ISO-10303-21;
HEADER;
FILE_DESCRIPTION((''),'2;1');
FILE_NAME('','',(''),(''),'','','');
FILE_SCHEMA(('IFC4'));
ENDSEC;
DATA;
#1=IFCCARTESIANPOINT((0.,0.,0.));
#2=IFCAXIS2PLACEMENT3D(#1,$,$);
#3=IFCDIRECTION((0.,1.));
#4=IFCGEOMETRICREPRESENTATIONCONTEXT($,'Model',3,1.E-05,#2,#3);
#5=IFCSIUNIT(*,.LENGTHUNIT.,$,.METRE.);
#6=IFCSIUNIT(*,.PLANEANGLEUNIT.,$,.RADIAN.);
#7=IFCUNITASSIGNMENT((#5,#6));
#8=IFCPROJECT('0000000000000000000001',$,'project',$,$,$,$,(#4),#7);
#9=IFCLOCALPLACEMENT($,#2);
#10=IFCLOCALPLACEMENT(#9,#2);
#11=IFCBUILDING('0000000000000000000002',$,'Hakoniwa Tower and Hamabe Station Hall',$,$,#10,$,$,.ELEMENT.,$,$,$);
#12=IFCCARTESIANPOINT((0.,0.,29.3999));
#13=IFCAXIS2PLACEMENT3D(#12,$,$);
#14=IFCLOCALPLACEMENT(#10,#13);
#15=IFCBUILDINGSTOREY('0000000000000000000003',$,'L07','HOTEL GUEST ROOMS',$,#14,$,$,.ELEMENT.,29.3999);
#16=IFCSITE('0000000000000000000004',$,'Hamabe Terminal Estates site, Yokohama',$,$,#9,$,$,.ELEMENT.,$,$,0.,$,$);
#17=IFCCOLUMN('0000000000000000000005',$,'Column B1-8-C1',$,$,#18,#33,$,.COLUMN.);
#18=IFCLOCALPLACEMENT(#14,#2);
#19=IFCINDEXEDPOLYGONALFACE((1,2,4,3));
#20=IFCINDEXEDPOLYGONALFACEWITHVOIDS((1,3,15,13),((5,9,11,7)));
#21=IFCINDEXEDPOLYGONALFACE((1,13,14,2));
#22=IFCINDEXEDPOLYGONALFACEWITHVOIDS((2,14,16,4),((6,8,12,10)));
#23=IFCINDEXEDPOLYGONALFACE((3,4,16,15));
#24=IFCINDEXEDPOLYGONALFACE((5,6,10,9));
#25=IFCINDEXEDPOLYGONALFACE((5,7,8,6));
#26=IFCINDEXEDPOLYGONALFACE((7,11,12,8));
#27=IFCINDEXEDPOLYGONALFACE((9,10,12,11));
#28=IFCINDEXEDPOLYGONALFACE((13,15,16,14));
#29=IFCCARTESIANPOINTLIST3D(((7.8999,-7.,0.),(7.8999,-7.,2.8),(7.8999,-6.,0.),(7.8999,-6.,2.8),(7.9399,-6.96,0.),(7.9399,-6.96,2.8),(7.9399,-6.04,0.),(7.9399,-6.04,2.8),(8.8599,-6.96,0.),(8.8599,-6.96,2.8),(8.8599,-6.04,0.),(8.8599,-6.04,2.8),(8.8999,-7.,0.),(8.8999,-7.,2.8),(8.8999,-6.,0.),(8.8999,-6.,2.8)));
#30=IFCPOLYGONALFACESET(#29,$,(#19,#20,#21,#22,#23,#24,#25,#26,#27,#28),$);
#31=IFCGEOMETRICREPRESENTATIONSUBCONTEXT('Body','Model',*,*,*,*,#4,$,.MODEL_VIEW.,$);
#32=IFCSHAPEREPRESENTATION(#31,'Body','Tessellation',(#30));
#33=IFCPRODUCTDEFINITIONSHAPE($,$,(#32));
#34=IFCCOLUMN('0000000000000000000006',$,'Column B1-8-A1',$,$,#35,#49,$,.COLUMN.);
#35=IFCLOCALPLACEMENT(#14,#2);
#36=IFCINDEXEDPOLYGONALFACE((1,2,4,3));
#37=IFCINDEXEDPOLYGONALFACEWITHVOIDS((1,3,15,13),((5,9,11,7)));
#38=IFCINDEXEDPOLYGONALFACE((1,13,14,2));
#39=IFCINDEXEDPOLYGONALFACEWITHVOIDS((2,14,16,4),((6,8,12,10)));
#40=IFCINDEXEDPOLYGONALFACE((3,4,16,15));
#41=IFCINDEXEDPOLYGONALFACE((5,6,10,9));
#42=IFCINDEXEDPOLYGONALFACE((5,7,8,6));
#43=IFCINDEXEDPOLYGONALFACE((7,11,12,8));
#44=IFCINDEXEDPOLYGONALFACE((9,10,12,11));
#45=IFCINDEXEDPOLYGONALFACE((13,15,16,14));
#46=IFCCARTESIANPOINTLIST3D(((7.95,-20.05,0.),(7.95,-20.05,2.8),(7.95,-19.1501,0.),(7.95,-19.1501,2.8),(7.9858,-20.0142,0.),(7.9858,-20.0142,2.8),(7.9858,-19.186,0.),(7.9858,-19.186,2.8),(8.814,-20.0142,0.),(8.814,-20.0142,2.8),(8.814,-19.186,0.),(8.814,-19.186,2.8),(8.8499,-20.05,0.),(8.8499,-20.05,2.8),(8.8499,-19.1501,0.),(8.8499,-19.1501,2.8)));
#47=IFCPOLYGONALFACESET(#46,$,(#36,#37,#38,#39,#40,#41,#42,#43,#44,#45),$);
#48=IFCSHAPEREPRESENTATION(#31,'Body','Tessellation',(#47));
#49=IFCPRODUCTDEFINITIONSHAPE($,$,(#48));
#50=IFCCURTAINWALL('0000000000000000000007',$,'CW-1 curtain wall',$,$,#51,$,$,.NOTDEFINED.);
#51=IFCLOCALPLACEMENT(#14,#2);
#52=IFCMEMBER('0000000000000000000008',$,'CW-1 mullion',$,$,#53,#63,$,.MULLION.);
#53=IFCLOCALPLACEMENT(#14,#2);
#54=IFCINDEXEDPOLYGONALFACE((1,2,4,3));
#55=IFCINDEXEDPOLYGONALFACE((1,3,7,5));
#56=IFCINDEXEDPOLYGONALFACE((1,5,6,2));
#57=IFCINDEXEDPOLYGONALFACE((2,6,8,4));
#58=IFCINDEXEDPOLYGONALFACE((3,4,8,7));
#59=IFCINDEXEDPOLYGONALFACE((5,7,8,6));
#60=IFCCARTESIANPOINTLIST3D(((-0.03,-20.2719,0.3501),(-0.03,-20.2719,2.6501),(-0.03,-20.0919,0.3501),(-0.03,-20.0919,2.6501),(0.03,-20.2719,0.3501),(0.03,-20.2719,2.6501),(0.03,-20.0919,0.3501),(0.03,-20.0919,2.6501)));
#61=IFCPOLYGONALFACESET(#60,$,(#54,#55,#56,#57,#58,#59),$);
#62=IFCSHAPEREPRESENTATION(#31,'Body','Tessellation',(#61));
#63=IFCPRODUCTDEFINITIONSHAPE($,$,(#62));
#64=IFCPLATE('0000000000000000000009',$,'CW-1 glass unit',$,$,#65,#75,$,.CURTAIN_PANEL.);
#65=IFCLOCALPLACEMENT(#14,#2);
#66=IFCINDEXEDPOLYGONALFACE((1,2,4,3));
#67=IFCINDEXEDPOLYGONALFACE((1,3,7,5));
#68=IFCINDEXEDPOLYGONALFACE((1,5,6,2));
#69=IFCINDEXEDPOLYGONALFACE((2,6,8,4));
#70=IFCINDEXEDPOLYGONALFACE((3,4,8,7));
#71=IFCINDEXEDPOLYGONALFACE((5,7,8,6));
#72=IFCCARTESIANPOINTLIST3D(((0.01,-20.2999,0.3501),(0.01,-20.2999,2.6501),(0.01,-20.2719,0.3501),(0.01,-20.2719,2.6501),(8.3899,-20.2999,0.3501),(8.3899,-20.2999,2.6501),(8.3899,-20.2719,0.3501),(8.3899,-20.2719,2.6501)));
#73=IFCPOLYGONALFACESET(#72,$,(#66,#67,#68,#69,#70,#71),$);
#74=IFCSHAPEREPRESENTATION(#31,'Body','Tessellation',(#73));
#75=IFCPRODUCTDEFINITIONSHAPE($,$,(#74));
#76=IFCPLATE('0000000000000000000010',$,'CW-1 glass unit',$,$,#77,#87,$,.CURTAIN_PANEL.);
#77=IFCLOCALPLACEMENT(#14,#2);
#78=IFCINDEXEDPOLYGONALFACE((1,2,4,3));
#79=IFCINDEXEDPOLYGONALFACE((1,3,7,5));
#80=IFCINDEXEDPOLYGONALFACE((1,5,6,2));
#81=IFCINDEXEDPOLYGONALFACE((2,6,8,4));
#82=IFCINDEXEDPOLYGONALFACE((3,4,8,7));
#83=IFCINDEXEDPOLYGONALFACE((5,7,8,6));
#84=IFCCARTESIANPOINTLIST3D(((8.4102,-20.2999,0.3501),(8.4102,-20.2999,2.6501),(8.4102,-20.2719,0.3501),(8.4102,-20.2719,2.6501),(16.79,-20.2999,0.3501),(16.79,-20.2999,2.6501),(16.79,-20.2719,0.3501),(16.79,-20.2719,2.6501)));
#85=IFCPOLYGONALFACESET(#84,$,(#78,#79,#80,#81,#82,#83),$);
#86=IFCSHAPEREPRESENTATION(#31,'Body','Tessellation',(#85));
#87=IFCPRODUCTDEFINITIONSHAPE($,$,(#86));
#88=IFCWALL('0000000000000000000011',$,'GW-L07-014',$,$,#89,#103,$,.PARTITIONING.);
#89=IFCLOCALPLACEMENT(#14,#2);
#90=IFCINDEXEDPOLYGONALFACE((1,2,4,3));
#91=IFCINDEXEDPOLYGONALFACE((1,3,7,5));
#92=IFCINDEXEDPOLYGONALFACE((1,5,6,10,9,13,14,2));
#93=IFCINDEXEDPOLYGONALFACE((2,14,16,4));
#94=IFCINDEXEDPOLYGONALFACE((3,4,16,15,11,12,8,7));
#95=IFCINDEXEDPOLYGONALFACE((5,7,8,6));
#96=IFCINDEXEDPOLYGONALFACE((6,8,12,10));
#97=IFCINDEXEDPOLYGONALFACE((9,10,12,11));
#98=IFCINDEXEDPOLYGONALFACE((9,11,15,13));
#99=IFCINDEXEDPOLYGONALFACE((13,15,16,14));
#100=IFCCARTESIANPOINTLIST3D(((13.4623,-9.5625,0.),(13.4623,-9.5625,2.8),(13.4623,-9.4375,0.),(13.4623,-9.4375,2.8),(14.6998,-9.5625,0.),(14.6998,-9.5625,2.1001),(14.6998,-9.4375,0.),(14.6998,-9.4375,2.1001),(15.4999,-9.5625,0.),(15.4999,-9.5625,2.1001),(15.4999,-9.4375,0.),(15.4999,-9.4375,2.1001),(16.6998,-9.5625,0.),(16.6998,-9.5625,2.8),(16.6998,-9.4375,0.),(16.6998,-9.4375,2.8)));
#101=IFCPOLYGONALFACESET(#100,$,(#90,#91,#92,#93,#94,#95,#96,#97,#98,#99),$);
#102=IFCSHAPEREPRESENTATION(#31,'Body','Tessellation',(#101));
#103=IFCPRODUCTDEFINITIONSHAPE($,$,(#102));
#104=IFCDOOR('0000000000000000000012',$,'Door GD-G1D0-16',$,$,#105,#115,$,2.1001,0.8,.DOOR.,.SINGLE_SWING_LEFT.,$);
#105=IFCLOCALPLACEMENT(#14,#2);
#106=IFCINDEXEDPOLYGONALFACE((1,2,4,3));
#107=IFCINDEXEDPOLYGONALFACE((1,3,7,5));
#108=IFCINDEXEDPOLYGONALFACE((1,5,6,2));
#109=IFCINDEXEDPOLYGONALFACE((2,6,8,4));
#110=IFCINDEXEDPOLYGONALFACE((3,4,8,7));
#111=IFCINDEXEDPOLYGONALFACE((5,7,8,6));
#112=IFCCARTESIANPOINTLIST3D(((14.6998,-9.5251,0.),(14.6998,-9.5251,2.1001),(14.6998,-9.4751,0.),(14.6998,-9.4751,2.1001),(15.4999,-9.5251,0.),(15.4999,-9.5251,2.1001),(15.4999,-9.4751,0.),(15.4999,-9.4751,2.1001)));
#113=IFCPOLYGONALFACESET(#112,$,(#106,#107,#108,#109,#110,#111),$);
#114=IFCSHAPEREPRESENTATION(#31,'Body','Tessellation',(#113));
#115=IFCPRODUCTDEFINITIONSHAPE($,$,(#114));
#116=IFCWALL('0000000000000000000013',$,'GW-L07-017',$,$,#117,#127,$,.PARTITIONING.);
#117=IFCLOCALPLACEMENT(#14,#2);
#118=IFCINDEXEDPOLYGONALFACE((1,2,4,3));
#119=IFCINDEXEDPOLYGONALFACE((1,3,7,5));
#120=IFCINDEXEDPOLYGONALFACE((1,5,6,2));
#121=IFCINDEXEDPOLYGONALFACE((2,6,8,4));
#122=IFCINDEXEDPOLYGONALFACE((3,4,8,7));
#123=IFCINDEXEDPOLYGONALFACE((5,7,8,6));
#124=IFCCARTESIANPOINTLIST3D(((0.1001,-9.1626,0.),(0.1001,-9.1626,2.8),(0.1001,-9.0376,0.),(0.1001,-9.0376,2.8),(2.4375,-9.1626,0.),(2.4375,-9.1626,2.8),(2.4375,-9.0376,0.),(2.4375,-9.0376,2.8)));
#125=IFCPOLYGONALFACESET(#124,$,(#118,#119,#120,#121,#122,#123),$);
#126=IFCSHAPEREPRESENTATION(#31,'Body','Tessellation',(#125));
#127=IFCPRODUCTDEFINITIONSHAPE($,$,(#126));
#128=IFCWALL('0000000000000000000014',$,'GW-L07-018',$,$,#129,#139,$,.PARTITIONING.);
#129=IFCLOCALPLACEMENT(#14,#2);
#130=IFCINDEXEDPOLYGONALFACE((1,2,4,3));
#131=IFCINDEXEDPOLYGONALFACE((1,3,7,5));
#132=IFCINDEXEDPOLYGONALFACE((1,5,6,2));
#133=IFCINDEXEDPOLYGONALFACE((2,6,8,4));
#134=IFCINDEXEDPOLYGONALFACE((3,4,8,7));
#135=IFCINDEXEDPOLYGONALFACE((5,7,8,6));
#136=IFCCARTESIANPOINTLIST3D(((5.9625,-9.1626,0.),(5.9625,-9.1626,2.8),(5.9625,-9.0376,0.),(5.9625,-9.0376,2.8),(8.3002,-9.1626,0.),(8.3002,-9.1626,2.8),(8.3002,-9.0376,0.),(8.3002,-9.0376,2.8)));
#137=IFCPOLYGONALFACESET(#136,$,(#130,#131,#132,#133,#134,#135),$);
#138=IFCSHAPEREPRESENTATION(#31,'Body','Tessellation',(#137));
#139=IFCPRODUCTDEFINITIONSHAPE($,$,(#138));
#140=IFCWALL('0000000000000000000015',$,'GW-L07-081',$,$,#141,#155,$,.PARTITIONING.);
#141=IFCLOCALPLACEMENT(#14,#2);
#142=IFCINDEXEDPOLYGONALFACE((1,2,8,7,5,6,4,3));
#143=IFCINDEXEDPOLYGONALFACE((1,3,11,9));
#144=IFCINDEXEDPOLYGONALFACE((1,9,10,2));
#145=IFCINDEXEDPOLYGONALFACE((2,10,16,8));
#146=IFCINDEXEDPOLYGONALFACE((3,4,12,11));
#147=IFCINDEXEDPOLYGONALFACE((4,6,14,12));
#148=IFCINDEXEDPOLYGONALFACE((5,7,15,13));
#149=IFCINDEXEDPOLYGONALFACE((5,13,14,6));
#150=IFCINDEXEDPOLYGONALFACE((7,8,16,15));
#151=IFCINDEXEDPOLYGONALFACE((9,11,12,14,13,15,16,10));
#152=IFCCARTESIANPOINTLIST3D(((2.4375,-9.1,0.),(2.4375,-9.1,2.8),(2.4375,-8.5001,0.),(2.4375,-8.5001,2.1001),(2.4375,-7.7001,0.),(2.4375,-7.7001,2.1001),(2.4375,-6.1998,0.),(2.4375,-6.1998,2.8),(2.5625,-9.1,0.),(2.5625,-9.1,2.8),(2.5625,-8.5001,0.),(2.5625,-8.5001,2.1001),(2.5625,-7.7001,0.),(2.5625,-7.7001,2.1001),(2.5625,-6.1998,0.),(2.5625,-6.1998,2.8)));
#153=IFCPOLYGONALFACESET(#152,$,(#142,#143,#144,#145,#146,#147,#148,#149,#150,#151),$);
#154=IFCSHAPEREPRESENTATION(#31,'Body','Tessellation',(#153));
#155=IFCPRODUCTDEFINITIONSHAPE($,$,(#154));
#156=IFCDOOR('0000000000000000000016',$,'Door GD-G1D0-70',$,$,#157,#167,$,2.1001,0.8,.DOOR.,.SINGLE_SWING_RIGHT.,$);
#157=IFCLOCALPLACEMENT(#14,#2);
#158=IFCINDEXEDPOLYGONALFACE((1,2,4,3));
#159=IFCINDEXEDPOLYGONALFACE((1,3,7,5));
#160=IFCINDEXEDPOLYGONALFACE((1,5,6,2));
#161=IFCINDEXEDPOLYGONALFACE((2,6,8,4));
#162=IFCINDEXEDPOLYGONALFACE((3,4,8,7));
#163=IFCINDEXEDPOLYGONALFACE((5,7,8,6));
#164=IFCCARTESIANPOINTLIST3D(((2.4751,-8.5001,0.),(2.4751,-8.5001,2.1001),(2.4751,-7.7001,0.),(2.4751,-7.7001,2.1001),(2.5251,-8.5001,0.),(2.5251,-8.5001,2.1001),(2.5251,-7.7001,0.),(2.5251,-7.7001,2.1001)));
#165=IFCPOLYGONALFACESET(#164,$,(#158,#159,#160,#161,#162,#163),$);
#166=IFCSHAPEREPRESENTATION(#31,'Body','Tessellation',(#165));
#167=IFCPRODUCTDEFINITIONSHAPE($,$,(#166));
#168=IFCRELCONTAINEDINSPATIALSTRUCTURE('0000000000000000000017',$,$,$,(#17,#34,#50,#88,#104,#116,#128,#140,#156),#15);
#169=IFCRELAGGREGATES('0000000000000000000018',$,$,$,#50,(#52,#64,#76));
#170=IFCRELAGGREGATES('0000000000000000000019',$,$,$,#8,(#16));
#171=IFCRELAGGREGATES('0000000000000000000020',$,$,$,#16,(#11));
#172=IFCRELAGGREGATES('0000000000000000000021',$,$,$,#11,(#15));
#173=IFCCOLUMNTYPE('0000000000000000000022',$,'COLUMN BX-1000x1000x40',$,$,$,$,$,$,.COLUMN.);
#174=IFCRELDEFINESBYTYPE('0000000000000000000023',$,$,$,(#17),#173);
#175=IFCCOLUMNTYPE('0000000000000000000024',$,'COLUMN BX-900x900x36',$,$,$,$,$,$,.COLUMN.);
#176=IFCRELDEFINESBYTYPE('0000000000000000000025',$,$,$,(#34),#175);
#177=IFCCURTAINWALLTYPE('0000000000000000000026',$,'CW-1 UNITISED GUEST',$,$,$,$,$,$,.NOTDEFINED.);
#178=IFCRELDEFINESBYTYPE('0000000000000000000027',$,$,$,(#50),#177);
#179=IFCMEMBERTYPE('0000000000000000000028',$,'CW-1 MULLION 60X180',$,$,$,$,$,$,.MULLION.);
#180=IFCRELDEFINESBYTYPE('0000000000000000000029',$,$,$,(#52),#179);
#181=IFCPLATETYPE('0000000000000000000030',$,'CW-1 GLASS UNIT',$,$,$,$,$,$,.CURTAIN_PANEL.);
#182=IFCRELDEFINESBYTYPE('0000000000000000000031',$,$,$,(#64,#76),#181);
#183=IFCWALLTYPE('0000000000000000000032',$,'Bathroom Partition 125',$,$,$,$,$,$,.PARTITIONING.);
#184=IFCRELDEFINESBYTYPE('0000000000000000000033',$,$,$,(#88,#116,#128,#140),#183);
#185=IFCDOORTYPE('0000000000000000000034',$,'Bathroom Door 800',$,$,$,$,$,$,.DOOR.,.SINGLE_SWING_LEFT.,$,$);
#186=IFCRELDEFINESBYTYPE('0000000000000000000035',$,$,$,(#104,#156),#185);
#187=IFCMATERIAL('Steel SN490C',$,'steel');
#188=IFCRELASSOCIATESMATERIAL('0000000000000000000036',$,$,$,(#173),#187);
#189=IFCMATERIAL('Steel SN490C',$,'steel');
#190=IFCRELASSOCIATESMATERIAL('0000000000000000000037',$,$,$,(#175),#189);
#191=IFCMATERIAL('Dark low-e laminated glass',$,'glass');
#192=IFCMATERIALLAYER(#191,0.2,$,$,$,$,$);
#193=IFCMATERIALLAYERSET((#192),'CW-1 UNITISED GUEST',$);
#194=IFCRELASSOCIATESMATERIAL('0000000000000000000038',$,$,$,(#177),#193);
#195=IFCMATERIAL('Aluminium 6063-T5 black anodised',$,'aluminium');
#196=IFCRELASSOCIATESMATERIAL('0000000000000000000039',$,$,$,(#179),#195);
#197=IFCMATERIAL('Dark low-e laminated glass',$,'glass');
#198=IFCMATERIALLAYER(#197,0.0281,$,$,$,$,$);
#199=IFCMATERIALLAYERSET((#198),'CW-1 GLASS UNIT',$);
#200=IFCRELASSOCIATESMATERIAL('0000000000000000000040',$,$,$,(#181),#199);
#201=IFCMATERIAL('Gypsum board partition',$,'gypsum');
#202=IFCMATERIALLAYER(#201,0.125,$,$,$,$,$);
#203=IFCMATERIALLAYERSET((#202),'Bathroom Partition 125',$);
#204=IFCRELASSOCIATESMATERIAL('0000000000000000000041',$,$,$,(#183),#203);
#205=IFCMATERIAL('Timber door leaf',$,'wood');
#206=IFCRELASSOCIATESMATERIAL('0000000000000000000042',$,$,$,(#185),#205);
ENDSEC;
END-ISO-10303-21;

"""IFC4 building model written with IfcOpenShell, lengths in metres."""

from ifc_helpers import new_model, si_unit, direction, frame, frame_2d, origin, origin_2d, place, context, subcontext, project, spatial, rectangle, hollow_rectangle, extrude, material, layer, layer_set, material_profile, profile_set, type_object, element, fill, aggregate, save


model = new_model("IFC4")

# Units and contexts
model_context = context("Model", 3, precision=1e-05, world=origin(), true_north=direction((0.0, 1.0)))
body_context = subcontext(model_context, "Body", "Model", "MODEL_VIEW")
ifc_project = project(units=[si_unit("LENGTHUNIT", "METRE"), si_unit("PLANEANGLEUNIT", "RADIAN")], contexts=[model_context])

# Site, building, storey
site_placement = place(None, origin())
site = spatial("IfcSite", under=ifc_project, at=site_placement, Name="Hamabe Terminal Estates site, Yokohama", CompositionType="ELEMENT", RefElevation=0.0)
building_placement = place(site_placement, origin())
building = spatial("IfcBuilding", under=site, at=building_placement, Name="Hakoniwa Tower and Hamabe Station Hall", CompositionType="ELEMENT")
storey_placement = place(building_placement, frame((0.0, 0.0, 29.3999)))
storey = spatial("IfcBuildingStorey", under=building, at=storey_placement, Name="L07", Description="HOTEL GUEST ROOMS", CompositionType="ELEMENT", Elevation=29.3999)

# Columns
ifc_material_1 = material(Name="Steel SN490C", Category="steel")
ifc_material_profile_1 = material_profile(ifc_material_1, hollow_rectangle(XDim=1.0, YDim=1.0, WallThickness=0.04, at=origin_2d()), Name="BX-1000x1000x40")
ifc_profile_set_1 = profile_set([ifc_material_profile_1], Name="Steel SN490C")
column_type_1 = type_object("IfcColumnType", Name="COLUMN BX-1000x1000x40", PredefinedType="COLUMN", material=ifc_profile_set_1)
column_1_placement = place(storey_placement, frame((8.3999, -6.5, 0.0), z_axis=(0.0, 0.0, 1.0), x_axis=(1.0, 0.0, 0.0)))
element("IfcColumn", 1, at=column_1_placement, inside=storey, type_object=column_type_1, Name="Column B1-8-C1", PredefinedType="COLUMN", context=body_context, shape_type="SweptSolid", body=[
    extrude(hollow_rectangle(XDim=1.0, YDim=1.0, WallThickness=0.04, at=origin_2d()), origin(), (0.0, 0.0, 1.0), 2.8),
])
ifc_material_2 = material(Name="Steel SN490C", Category="steel")
ifc_material_profile_2 = material_profile(ifc_material_2, hollow_rectangle(XDim=0.8999, YDim=0.8999, WallThickness=0.0359, at=origin_2d()), Name="BX-900x900x36")
ifc_profile_set_2 = profile_set([ifc_material_profile_2], Name="Steel SN490C")
column_type_2 = type_object("IfcColumnType", Name="COLUMN BX-900x900x36", PredefinedType="COLUMN", material=ifc_profile_set_2)
column_2_placement = place(storey_placement, frame((8.3999, -19.6001, 0.0), z_axis=(0.0, 0.0, 1.0), x_axis=(1.0, 0.0, 0.0)))
element("IfcColumn", 2, at=column_2_placement, inside=storey, type_object=column_type_2, Name="Column B1-8-A1", PredefinedType="COLUMN", context=body_context, shape_type="SweptSolid", body=[
    extrude(hollow_rectangle(XDim=0.8999, YDim=0.8999, WallThickness=0.0359, at=origin_2d()), origin(), (0.0, 0.0, 1.0), 2.8),
])

# Curtain wall, member, plates
ifc_material_3 = material(Name="Dark low-e laminated glass", Category="glass")
ifc_layer_1 = layer(ifc_material_3, 0.2)
ifc_layer_set_1 = layer_set([ifc_layer_1], Name="CW-1 UNITISED GUEST")
curtain_wall_type = type_object("IfcCurtainWallType", Name="CW-1 UNITISED GUEST", PredefinedType="NOTDEFINED", material=ifc_layer_set_1)
curtain_wall_placement = place(storey_placement, origin())
curtain_wall = element("IfcCurtainWall", 3, at=curtain_wall_placement, inside=storey, type_object=curtain_wall_type, Name="CW-1 curtain wall", PredefinedType="NOTDEFINED")
ifc_material_4 = material(Name="Aluminium 6063-T5 black anodised", Category="aluminium")
ifc_material_profile_3 = material_profile(ifc_material_4, rectangle(XDim=0.0601, YDim=0.1799, at=origin_2d()), Name="CW-1 MULLION 60X180")
ifc_profile_set_3 = profile_set([ifc_material_profile_3], Name="Aluminium 6063-T5 black anodised")
member_type = type_object("IfcMemberType", Name="CW-1 MULLION 60X180", PredefinedType="MULLION", material=ifc_profile_set_3)
member_placement = place(storey_placement, frame((0.0, -20.1819, 0.3501), z_axis=(0.0, 0.0, 1.0), x_axis=(1.0, 0.0, 0.0)))
member = element("IfcMember", 4, at=member_placement, type_object=member_type, Name="CW-1 mullion", PredefinedType="MULLION", context=body_context, shape_type="SweptSolid", body=[
    extrude(rectangle(XDim=0.0601, YDim=0.1799, at=origin_2d()), origin(), (0.0, 0.0, 1.0), 2.3),
])
ifc_material_5 = material(Name="Dark low-e laminated glass", Category="glass")
ifc_layer_2 = layer(ifc_material_5, 0.0281)
ifc_layer_set_2 = layer_set([ifc_layer_2], Name="CW-1 GLASS UNIT")
plate_type = type_object("IfcPlateType", Name="CW-1 GLASS UNIT", PredefinedType="CURTAIN_PANEL", material=ifc_layer_set_2)
plate_1_placement = place(storey_placement, frame((4.2, -20.2859, 0.3501), z_axis=(0.0, 0.0, 1.0), x_axis=(1.0, 0.0, 0.0)))
plate_1 = element("IfcPlate", 5, at=plate_1_placement, type_object=plate_type, Name="CW-1 glass unit", PredefinedType="CURTAIN_PANEL", context=body_context, shape_type="SweptSolid", body=[
    extrude(rectangle(XDim=8.3799, YDim=0.0281, at=origin_2d()), origin(), (0.0, 0.0, 1.0), 2.3),
])
plate_2_placement = place(storey_placement, frame((12.6001, -20.2859, 0.3501), z_axis=(0.0, 0.0, 1.0), x_axis=(1.0, 0.0, 0.0)))
plate_2 = element("IfcPlate", 6, at=plate_2_placement, type_object=plate_type, Name="CW-1 glass unit", PredefinedType="CURTAIN_PANEL", context=body_context, shape_type="SweptSolid", body=[
    extrude(rectangle(XDim=8.3799, YDim=0.0281, at=origin_2d()), origin(), (0.0, 0.0, 1.0), 2.3),
])
aggregate(curtain_wall, [member, plate_1, plate_2])

# Wall, opening, door
ifc_material_6 = material(Name="Gypsum board partition", Category="gypsum")
ifc_layer_3 = layer(ifc_material_6, 0.125)
ifc_layer_set_3 = layer_set([ifc_layer_3], Name="Bathroom Partition 125")
wall_type_1 = type_object("IfcWallType", Name="Bathroom Partition 125", PredefinedType="PARTITIONING", material=ifc_layer_set_3)
wall_1_placement = place(storey_placement, frame((13.4624, -9.5, 0.0), z_axis=(0.0, 0.0, 1.0), x_axis=(1.0, 0.0, 0.0)))
wall_1 = element("IfcWall", 7, at=wall_1_placement, inside=storey, type_object=wall_type_1, Name="GW-L07-014", PredefinedType="PARTITIONING", context=body_context, shape_type="SweptSolid", body=[
    extrude(rectangle(XDim=3.2375, YDim=0.125, at=frame_2d((1.6187, 0.0))), origin(), (0.0, 0.0, 1.0), 2.8),
])
opening_1_placement = place(wall_1_placement, frame((1.2375, 0.0, 0.0)))
opening_1 = element("IfcOpeningElement", 8, at=opening_1_placement, cuts=wall_1, PredefinedType="OPENING", context=body_context, shape_type="SweptSolid", body=[
    extrude(rectangle(XDim=0.8, YDim=2.1001, at=frame_2d((0.3999, 1.05))), frame((0.0, 0.0725, 0.0), z_axis=(0.0, -1.0, 0.0), x_axis=(1.0, 0.0, 0.0)), (0.0, 0.0, 1.0), 0.145),
])
ifc_material_7 = material(Name="Timber door leaf", Category="wood")
door_type = type_object("IfcDoorType", Name="Bathroom Door 800", OperationType="SINGLE_SWING_LEFT", PredefinedType="DOOR", material=ifc_material_7)
door_1_placement = place(opening_1_placement, origin())
door_1 = element("IfcDoor", 9, at=door_1_placement, inside=storey, type_object=door_type, Name="Door GD-G1D0-16", OperationType="SINGLE_SWING_LEFT", OverallHeight=2.1001, OverallWidth=0.8, PredefinedType="DOOR", context=body_context, shape_type="SweptSolid", body=[
    extrude(rectangle(XDim=0.8, YDim=2.1001, at=frame_2d((0.3999, 1.05))), frame((0.0, 0.0249, 0.0), z_axis=(0.0, -1.0, 0.0), x_axis=(1.0, 0.0, 0.0)), (0.0, 0.0, 1.0), 0.05),
])
fill(opening_1, door_1)

# Walls
wall_2_placement = place(storey_placement, frame((0.1001, -9.1001, 0.0), z_axis=(0.0, 0.0, 1.0), x_axis=(1.0, 0.0, 0.0)))
element("IfcWall", 10, at=wall_2_placement, inside=storey, type_object=wall_type_1, Name="GW-L07-017", PredefinedType="PARTITIONING", context=body_context, shape_type="SweptSolid", body=[
    extrude(rectangle(XDim=2.3374, YDim=0.125, at=frame_2d((1.1687, 0.0))), origin(), (0.0, 0.0, 1.0), 2.8),
])
wall_3_placement = place(storey_placement, frame((5.9624, -9.1001, 0.0), z_axis=(0.0, 0.0, 1.0), x_axis=(1.0, 0.0, 0.0)))
element("IfcWall", 11, at=wall_3_placement, inside=storey, type_object=wall_type_1, Name="GW-L07-018", PredefinedType="PARTITIONING", context=body_context, shape_type="SweptSolid", body=[
    extrude(rectangle(XDim=2.3376, YDim=0.125, at=frame_2d((1.1689, 0.0))), origin(), (0.0, 0.0, 1.0), 2.8),
])

# Wall, opening, door
wall_4_placement = place(storey_placement, frame((2.5, -9.1001, 0.0), z_axis=(0.0, 0.0, 1.0), x_axis=(0.0, 1.0, 0.0)))
wall_4 = element("IfcWall", 12, at=wall_4_placement, inside=storey, type_object=wall_type_1, Name="GW-L07-081", PredefinedType="PARTITIONING", context=body_context, shape_type="SweptSolid", body=[
    extrude(rectangle(XDim=2.9001, YDim=0.125, at=frame_2d((1.4502, 0.0))), origin(), (0.0, 0.0, 1.0), 2.8),
])
opening_2_placement = place(wall_4_placement, frame((0.6001, 0.0, 0.0)))
opening_2 = element("IfcOpeningElement", 13, at=opening_2_placement, cuts=wall_4, PredefinedType="OPENING", context=body_context, shape_type="SweptSolid", body=[
    extrude(rectangle(XDim=0.8, YDim=2.1001, at=frame_2d((0.3999, 1.05))), frame((0.0, 0.0725, 0.0), z_axis=(0.0, -1.0, 0.0), x_axis=(1.0, 0.0, 0.0)), (0.0, 0.0, 1.0), 0.145),
])
door_2_placement = place(opening_2_placement, origin())
door_2 = element("IfcDoor", 14, at=door_2_placement, inside=storey, type_object=door_type, Name="Door GD-G1D0-70", OperationType="SINGLE_SWING_RIGHT", OverallHeight=2.1001, OverallWidth=0.8, PredefinedType="DOOR", context=body_context, shape_type="SweptSolid", body=[
    extrude(rectangle(XDim=0.8, YDim=2.1001, at=frame_2d((0.3999, 1.05))), frame((0.0, 0.0249, 0.0), z_axis=(0.0, -1.0, 0.0), x_axis=(1.0, 0.0, 0.0)), (0.0, 0.0, 1.0), 0.05),
])
fill(opening_2, door_2)

save(model, "model.ifc")
